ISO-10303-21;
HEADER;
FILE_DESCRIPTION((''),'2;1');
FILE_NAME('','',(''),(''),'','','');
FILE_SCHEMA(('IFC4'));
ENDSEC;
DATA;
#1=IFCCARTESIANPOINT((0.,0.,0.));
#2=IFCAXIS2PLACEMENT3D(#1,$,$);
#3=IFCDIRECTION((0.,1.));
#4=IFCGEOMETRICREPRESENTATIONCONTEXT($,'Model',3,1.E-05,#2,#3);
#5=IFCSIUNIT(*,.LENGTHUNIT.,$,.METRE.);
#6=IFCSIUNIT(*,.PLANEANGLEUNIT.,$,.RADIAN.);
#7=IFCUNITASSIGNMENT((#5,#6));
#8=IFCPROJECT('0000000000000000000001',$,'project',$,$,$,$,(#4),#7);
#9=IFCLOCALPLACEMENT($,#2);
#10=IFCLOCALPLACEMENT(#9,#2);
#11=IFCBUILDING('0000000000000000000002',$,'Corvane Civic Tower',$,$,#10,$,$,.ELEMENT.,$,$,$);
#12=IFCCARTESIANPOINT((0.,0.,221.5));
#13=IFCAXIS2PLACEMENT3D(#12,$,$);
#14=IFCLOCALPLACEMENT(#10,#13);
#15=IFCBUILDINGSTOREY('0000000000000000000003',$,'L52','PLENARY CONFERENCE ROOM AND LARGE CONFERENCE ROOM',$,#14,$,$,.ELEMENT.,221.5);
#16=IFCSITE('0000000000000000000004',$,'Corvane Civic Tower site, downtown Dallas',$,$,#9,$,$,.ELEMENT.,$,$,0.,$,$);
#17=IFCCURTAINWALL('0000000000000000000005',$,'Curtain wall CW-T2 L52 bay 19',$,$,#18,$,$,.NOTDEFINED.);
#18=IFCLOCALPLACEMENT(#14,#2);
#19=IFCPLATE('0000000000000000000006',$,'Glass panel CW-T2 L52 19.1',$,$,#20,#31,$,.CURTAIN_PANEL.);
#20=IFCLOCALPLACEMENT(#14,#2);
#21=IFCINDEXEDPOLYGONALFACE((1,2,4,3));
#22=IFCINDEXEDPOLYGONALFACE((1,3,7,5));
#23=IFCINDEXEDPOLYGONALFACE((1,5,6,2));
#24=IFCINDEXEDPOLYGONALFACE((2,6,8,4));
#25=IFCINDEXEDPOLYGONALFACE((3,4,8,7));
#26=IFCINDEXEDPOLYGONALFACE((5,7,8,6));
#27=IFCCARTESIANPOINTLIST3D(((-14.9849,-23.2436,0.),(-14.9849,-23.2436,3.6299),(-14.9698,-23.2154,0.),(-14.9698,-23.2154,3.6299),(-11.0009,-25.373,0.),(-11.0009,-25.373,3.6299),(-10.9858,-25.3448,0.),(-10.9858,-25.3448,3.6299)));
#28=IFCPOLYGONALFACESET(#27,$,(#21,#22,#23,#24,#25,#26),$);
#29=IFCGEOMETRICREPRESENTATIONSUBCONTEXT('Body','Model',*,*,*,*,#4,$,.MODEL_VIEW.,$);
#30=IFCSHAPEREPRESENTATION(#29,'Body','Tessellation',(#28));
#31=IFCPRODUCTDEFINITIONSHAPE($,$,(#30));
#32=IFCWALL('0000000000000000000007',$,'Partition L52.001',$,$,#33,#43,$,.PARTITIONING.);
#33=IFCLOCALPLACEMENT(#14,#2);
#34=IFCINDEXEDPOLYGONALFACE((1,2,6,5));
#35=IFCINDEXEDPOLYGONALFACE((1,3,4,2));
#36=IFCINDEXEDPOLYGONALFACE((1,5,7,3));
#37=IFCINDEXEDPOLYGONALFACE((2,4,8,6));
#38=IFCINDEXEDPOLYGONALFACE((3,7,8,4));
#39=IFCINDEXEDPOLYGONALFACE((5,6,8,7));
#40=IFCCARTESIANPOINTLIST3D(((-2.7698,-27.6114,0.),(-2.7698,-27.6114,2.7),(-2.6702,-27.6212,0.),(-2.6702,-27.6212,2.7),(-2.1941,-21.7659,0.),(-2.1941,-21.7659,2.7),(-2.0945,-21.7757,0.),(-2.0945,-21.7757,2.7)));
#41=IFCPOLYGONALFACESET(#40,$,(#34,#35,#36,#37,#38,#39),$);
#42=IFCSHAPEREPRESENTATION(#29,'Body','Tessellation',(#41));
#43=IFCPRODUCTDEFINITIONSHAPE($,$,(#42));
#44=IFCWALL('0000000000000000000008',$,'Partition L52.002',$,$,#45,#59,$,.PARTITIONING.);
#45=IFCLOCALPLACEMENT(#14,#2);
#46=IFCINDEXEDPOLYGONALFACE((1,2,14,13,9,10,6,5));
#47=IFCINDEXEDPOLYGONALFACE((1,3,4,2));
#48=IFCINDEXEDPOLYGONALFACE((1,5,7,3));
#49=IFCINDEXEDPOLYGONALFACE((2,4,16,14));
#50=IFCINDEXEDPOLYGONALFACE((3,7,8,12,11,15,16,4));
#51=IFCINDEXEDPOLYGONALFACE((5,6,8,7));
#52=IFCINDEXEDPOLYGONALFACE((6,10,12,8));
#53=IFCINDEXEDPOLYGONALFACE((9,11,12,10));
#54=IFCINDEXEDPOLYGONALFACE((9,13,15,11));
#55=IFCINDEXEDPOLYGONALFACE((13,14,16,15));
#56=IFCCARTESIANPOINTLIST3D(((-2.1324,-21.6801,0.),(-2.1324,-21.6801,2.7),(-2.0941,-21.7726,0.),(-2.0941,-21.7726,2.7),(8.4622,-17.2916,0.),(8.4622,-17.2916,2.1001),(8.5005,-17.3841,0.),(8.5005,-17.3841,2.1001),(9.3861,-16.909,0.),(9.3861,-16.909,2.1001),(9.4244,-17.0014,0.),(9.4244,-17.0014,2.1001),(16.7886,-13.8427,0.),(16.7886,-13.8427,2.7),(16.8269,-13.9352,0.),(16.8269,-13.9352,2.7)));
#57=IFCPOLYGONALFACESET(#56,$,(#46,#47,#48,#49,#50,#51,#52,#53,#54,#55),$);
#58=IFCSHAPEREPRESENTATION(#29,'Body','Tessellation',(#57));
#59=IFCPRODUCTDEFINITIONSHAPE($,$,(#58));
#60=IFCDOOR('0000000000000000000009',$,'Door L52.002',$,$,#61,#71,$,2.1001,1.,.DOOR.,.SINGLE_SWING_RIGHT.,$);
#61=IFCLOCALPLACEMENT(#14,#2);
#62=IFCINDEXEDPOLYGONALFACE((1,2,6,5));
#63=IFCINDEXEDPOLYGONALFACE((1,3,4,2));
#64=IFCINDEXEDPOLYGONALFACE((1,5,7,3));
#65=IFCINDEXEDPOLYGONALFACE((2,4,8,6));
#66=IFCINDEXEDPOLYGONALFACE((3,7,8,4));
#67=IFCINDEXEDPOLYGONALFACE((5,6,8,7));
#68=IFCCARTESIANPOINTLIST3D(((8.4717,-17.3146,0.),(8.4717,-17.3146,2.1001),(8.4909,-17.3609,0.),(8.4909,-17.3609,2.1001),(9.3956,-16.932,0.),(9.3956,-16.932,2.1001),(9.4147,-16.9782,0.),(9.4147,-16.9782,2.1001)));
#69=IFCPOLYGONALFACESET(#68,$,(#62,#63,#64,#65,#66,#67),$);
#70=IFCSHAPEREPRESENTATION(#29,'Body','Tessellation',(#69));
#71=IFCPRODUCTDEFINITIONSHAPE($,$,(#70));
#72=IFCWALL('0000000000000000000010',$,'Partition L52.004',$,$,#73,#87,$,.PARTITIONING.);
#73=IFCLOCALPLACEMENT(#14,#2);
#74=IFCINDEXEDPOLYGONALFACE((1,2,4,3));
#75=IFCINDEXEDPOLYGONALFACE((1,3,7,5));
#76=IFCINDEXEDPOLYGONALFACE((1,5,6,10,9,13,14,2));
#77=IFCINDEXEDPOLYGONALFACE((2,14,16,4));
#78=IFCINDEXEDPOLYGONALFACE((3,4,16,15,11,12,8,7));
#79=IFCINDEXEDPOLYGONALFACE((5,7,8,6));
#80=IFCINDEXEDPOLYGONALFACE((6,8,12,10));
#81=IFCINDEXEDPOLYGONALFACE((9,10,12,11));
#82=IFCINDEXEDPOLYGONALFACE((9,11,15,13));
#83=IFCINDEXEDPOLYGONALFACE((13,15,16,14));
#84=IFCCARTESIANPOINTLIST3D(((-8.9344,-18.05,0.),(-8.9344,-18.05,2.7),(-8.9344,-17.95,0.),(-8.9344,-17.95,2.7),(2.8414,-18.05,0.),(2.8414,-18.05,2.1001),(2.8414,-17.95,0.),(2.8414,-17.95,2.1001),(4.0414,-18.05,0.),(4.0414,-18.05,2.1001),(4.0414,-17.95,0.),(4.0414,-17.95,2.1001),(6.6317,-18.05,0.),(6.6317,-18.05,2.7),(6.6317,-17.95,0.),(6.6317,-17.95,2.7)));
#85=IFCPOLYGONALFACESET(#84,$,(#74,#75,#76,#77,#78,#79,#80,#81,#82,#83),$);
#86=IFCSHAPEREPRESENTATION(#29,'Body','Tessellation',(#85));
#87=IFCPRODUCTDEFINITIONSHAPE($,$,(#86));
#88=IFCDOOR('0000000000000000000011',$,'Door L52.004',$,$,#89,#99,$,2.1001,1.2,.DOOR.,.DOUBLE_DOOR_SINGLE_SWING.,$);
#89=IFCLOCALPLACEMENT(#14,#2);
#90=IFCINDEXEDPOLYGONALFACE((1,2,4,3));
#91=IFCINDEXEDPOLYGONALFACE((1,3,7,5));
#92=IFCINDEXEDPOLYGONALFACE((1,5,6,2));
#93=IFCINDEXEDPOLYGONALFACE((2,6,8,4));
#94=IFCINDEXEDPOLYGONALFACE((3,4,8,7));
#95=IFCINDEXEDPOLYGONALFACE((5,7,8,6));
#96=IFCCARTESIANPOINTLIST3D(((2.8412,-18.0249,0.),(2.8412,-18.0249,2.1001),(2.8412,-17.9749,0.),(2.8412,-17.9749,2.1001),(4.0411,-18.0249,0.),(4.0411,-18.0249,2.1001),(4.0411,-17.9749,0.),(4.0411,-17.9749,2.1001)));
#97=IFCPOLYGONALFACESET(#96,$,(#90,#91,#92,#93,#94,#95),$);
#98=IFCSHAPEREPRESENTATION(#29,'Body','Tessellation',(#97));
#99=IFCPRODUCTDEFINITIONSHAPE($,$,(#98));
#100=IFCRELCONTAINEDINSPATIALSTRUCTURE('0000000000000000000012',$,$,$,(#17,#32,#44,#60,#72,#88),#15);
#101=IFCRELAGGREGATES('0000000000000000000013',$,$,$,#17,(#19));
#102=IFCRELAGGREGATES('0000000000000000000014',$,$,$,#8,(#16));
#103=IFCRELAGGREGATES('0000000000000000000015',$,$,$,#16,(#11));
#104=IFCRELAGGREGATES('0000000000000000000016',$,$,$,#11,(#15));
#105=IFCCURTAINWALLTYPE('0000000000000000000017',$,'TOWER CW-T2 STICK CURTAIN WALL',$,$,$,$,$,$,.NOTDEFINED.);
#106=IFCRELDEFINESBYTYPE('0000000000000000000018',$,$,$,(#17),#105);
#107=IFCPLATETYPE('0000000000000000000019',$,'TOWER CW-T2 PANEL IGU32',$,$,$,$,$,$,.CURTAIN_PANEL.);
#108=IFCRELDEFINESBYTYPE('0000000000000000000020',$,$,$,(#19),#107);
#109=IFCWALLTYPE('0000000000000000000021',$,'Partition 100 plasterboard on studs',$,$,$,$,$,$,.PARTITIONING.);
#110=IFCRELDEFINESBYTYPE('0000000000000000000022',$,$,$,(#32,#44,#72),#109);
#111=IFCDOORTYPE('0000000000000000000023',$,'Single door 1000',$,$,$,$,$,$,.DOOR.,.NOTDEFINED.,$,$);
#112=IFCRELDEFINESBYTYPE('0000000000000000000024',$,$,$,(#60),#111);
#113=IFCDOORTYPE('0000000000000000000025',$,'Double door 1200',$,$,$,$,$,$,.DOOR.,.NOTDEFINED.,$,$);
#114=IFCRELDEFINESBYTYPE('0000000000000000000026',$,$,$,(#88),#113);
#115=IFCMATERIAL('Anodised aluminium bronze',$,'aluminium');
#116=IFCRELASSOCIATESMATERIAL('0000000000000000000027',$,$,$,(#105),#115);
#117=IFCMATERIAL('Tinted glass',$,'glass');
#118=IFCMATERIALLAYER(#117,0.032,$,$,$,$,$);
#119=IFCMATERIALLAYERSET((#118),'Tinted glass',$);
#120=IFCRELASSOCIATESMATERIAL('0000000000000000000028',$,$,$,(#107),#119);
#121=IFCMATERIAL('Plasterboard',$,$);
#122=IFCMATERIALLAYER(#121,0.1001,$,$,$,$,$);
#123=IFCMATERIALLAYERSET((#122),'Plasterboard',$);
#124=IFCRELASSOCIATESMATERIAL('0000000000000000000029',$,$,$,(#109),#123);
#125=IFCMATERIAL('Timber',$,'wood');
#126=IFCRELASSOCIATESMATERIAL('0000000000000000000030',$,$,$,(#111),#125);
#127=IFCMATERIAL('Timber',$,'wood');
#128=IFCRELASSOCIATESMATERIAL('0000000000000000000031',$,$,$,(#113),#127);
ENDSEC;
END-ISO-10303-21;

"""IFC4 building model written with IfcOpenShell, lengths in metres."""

from ifc_helpers import new_model, si_unit, direction, frame, frame_2d, origin, origin_2d, place, context, subcontext, project, spatial, rectangle, extrude, material, layer, layer_set, type_object, element, fill, aggregate, save


model = new_model("IFC4")

# Units and contexts
model_context = context("Model", 3, precision=1e-05, world=origin(), true_north=direction((0.0, 1.0)))
body_context = subcontext(model_context, "Body", "Model", "MODEL_VIEW")
ifc_project = project(units=[si_unit("LENGTHUNIT", "METRE"), si_unit("PLANEANGLEUNIT", "RADIAN")], contexts=[model_context])

# Site, building, storey
site_placement = place(None, origin())
site = spatial("IfcSite", under=ifc_project, at=site_placement, Name="Corvane Civic Tower site, downtown Dallas", CompositionType="ELEMENT", RefElevation=0.0)
building_placement = place(site_placement, origin())
building = spatial("IfcBuilding", under=site, at=building_placement, Name="Corvane Civic Tower", CompositionType="ELEMENT")
storey_placement = place(building_placement, frame((0.0, 0.0, 221.5)))
storey = spatial("IfcBuildingStorey", under=building, at=storey_placement, Name="L52", Description="PLENARY CONFERENCE ROOM AND LARGE CONFERENCE ROOM", CompositionType="ELEMENT", Elevation=221.5)

# Curtain wall
ifc_material_1 = material(Name="Anodised aluminium bronze", Category="aluminium")
curtain_wall_type = type_object("IfcCurtainWallType", Name="TOWER CW-T2 STICK CURTAIN WALL", PredefinedType="NOTDEFINED", material=ifc_material_1)
curtain_wall_1_placement = place(storey_placement, origin())
curtain_wall_1 = element("IfcCurtainWall", 1, at=curtain_wall_1_placement, inside=storey, type_object=curtain_wall_type, Name="Curtain wall CW-T2 L52 bay 19", PredefinedType="NOTDEFINED")

# Plate
ifc_material_2 = material(Name="Tinted glass", Category="glass")
ifc_layer_1 = layer(ifc_material_2, 0.032)
ifc_layer_set_1 = layer_set([ifc_layer_1], Name="Tinted glass")
plate_type = type_object("IfcPlateType", Name="TOWER CW-T2 PANEL IGU32", PredefinedType="CURTAIN_PANEL", material=ifc_layer_set_1)
plate_1_placement = place(storey_placement, frame((-12.9854, -24.2942, 0.0), z_axis=(0.0, 0.0, 1.0), x_axis=(-0.88192, 0.471398, 0.0)))
plate_1 = element("IfcPlate", 2, at=plate_1_placement, type_object=plate_type, Name="Glass panel CW-T2 L52 19.1", PredefinedType="CURTAIN_PANEL", context=body_context, shape_type="SweptSolid", body=[
    extrude(rectangle(XDim=4.5173, YDim=0.032, at=origin_2d()), origin(), (0.0, 0.0, 1.0), 3.6299),
])
aggregate(curtain_wall_1, [plate_1])

# Wall
ifc_material_3 = material(Name="Plasterboard")
ifc_layer_2 = layer(ifc_material_3, 0.1001)
ifc_layer_set_2 = layer_set([ifc_layer_2], Name="Plasterboard")
wall_type = type_object("IfcWallType", Name="Partition 100 plasterboard on studs", PredefinedType="PARTITIONING", material=ifc_layer_set_2)
wall_1_placement = place(storey_placement, frame((-2.72, -27.6165, 0.0), z_axis=(0.0, 0.0, 1.0), x_axis=(0.09801, 0.995185, 0.0)))
element("IfcWall", 3, at=wall_1_placement, inside=storey, type_object=wall_type, Name="Partition L52.001", PredefinedType="PARTITIONING", context=body_context, shape_type="SweptSolid", body=[
    extrude(rectangle(XDim=5.8738, YDim=0.1001, at=frame_2d((2.937, 0.0))), origin(), (0.0, 0.0, 1.0), 2.7),
])

# Walls, openings, doors
wall_2_placement = place(storey_placement, frame((-2.1133, -21.7263, 0.0), z_axis=(0.0, 0.0, 1.0), x_axis=(0.923879, 0.382684, 0.0)))
wall_2 = element("IfcWall", 4, at=wall_2_placement, inside=storey, type_object=wall_type, Name="Partition L52.002", PredefinedType="PARTITIONING", context=body_context, shape_type="SweptSolid", body=[
    extrude(rectangle(XDim=20.48, YDim=0.1001, at=frame_2d((10.24, 0.0))), origin(), (0.0, 0.0, 1.0), 2.7),
])
opening_1_placement = place(wall_2_placement, frame((11.4675, 0.0, 0.0)))
opening_1 = element("IfcOpeningElement", 5, at=opening_1_placement, cuts=wall_2, PredefinedType="OPENING", context=body_context, shape_type="SweptSolid", body=[
    extrude(rectangle(XDim=1.0, YDim=2.1001, at=frame_2d((0.5, 1.05))), frame((0.0, 0.0601, 0.0), z_axis=(0.0, -1.0, 0.0), x_axis=(1.0, 0.0, 0.0)), (0.0, 0.0, 1.0), 0.1201),
])
ifc_material_4 = material(Name="Timber", Category="wood")
door_type_1 = type_object("IfcDoorType", Name="Single door 1000", OperationType="NOTDEFINED", PredefinedType="DOOR", material=ifc_material_4)
door_1_placement = place(opening_1_placement, frame((1.0, 0.0, 0.0), z_axis=(0.0, 0.0, 1.0), x_axis=(-1.0, 0.0, 0.0)))
door_1 = element("IfcDoor", 6, at=door_1_placement, inside=storey, type_object=door_type_1, Name="Door L52.002", OperationType="SINGLE_SWING_RIGHT", OverallHeight=2.1001, OverallWidth=1.0, PredefinedType="DOOR", context=body_context, shape_type="SweptSolid", body=[
    extrude(rectangle(XDim=1.0, YDim=2.1001, at=frame_2d((0.5, 1.05))), frame((0.0, 0.0249, 0.0), z_axis=(0.0, -1.0, 0.0), x_axis=(1.0, 0.0, 0.0)), (0.0, 0.0, 1.0), 0.05),
])
fill(opening_1, door_1)
wall_3_placement = place(storey_placement, frame((-8.9346, -18.0, 0.0), z_axis=(0.0, 0.0, 1.0), x_axis=(1.0, 0.0, 0.0)))
wall_3 = element("IfcWall", 7, at=wall_3_placement, inside=storey, type_object=wall_type, Name="Partition L52.004", PredefinedType="PARTITIONING", context=body_context, shape_type="SweptSolid", body=[
    extrude(rectangle(XDim=15.5662, YDim=0.1001, at=frame_2d((7.7832, 0.0))), origin(), (0.0, 0.0, 1.0), 2.7),
])
opening_2_placement = place(wall_3_placement, frame((11.7759, 0.0, 0.0)))
opening_2 = element("IfcOpeningElement", 8, at=opening_2_placement, cuts=wall_3, PredefinedType="OPENING", context=body_context, shape_type="SweptSolid", body=[
    extrude(rectangle(XDim=1.2, YDim=2.1001, at=frame_2d((0.6001, 1.05))), frame((0.0, 0.0601, 0.0), z_axis=(0.0, -1.0, 0.0), x_axis=(1.0, 0.0, 0.0)), (0.0, 0.0, 1.0), 0.1201),
])
ifc_material_5 = material(Name="Timber", Category="wood")
door_type_2 = type_object("IfcDoorType", Name="Double door 1200", OperationType="NOTDEFINED", PredefinedType="DOOR", material=ifc_material_5)
door_2_placement = place(opening_2_placement, frame((1.2, 0.0, 0.0), z_axis=(0.0, 0.0, 1.0), x_axis=(-1.0, 0.0, 0.0)))
door_2 = element("IfcDoor", 9, at=door_2_placement, inside=storey, type_object=door_type_2, Name="Door L52.004", OperationType="DOUBLE_DOOR_SINGLE_SWING", OverallHeight=2.1001, OverallWidth=1.2, PredefinedType="DOOR", context=body_context, shape_type="SweptSolid", body=[
    extrude(rectangle(XDim=1.2, YDim=2.1001, at=frame_2d((0.6001, 1.05))), frame((0.0, 0.0249, 0.0), z_axis=(0.0, -1.0, 0.0), x_axis=(1.0, 0.0, 0.0)), (0.0, 0.0, 1.0), 0.05),
])
fill(opening_2, door_2)

save(model, "model.ifc")
